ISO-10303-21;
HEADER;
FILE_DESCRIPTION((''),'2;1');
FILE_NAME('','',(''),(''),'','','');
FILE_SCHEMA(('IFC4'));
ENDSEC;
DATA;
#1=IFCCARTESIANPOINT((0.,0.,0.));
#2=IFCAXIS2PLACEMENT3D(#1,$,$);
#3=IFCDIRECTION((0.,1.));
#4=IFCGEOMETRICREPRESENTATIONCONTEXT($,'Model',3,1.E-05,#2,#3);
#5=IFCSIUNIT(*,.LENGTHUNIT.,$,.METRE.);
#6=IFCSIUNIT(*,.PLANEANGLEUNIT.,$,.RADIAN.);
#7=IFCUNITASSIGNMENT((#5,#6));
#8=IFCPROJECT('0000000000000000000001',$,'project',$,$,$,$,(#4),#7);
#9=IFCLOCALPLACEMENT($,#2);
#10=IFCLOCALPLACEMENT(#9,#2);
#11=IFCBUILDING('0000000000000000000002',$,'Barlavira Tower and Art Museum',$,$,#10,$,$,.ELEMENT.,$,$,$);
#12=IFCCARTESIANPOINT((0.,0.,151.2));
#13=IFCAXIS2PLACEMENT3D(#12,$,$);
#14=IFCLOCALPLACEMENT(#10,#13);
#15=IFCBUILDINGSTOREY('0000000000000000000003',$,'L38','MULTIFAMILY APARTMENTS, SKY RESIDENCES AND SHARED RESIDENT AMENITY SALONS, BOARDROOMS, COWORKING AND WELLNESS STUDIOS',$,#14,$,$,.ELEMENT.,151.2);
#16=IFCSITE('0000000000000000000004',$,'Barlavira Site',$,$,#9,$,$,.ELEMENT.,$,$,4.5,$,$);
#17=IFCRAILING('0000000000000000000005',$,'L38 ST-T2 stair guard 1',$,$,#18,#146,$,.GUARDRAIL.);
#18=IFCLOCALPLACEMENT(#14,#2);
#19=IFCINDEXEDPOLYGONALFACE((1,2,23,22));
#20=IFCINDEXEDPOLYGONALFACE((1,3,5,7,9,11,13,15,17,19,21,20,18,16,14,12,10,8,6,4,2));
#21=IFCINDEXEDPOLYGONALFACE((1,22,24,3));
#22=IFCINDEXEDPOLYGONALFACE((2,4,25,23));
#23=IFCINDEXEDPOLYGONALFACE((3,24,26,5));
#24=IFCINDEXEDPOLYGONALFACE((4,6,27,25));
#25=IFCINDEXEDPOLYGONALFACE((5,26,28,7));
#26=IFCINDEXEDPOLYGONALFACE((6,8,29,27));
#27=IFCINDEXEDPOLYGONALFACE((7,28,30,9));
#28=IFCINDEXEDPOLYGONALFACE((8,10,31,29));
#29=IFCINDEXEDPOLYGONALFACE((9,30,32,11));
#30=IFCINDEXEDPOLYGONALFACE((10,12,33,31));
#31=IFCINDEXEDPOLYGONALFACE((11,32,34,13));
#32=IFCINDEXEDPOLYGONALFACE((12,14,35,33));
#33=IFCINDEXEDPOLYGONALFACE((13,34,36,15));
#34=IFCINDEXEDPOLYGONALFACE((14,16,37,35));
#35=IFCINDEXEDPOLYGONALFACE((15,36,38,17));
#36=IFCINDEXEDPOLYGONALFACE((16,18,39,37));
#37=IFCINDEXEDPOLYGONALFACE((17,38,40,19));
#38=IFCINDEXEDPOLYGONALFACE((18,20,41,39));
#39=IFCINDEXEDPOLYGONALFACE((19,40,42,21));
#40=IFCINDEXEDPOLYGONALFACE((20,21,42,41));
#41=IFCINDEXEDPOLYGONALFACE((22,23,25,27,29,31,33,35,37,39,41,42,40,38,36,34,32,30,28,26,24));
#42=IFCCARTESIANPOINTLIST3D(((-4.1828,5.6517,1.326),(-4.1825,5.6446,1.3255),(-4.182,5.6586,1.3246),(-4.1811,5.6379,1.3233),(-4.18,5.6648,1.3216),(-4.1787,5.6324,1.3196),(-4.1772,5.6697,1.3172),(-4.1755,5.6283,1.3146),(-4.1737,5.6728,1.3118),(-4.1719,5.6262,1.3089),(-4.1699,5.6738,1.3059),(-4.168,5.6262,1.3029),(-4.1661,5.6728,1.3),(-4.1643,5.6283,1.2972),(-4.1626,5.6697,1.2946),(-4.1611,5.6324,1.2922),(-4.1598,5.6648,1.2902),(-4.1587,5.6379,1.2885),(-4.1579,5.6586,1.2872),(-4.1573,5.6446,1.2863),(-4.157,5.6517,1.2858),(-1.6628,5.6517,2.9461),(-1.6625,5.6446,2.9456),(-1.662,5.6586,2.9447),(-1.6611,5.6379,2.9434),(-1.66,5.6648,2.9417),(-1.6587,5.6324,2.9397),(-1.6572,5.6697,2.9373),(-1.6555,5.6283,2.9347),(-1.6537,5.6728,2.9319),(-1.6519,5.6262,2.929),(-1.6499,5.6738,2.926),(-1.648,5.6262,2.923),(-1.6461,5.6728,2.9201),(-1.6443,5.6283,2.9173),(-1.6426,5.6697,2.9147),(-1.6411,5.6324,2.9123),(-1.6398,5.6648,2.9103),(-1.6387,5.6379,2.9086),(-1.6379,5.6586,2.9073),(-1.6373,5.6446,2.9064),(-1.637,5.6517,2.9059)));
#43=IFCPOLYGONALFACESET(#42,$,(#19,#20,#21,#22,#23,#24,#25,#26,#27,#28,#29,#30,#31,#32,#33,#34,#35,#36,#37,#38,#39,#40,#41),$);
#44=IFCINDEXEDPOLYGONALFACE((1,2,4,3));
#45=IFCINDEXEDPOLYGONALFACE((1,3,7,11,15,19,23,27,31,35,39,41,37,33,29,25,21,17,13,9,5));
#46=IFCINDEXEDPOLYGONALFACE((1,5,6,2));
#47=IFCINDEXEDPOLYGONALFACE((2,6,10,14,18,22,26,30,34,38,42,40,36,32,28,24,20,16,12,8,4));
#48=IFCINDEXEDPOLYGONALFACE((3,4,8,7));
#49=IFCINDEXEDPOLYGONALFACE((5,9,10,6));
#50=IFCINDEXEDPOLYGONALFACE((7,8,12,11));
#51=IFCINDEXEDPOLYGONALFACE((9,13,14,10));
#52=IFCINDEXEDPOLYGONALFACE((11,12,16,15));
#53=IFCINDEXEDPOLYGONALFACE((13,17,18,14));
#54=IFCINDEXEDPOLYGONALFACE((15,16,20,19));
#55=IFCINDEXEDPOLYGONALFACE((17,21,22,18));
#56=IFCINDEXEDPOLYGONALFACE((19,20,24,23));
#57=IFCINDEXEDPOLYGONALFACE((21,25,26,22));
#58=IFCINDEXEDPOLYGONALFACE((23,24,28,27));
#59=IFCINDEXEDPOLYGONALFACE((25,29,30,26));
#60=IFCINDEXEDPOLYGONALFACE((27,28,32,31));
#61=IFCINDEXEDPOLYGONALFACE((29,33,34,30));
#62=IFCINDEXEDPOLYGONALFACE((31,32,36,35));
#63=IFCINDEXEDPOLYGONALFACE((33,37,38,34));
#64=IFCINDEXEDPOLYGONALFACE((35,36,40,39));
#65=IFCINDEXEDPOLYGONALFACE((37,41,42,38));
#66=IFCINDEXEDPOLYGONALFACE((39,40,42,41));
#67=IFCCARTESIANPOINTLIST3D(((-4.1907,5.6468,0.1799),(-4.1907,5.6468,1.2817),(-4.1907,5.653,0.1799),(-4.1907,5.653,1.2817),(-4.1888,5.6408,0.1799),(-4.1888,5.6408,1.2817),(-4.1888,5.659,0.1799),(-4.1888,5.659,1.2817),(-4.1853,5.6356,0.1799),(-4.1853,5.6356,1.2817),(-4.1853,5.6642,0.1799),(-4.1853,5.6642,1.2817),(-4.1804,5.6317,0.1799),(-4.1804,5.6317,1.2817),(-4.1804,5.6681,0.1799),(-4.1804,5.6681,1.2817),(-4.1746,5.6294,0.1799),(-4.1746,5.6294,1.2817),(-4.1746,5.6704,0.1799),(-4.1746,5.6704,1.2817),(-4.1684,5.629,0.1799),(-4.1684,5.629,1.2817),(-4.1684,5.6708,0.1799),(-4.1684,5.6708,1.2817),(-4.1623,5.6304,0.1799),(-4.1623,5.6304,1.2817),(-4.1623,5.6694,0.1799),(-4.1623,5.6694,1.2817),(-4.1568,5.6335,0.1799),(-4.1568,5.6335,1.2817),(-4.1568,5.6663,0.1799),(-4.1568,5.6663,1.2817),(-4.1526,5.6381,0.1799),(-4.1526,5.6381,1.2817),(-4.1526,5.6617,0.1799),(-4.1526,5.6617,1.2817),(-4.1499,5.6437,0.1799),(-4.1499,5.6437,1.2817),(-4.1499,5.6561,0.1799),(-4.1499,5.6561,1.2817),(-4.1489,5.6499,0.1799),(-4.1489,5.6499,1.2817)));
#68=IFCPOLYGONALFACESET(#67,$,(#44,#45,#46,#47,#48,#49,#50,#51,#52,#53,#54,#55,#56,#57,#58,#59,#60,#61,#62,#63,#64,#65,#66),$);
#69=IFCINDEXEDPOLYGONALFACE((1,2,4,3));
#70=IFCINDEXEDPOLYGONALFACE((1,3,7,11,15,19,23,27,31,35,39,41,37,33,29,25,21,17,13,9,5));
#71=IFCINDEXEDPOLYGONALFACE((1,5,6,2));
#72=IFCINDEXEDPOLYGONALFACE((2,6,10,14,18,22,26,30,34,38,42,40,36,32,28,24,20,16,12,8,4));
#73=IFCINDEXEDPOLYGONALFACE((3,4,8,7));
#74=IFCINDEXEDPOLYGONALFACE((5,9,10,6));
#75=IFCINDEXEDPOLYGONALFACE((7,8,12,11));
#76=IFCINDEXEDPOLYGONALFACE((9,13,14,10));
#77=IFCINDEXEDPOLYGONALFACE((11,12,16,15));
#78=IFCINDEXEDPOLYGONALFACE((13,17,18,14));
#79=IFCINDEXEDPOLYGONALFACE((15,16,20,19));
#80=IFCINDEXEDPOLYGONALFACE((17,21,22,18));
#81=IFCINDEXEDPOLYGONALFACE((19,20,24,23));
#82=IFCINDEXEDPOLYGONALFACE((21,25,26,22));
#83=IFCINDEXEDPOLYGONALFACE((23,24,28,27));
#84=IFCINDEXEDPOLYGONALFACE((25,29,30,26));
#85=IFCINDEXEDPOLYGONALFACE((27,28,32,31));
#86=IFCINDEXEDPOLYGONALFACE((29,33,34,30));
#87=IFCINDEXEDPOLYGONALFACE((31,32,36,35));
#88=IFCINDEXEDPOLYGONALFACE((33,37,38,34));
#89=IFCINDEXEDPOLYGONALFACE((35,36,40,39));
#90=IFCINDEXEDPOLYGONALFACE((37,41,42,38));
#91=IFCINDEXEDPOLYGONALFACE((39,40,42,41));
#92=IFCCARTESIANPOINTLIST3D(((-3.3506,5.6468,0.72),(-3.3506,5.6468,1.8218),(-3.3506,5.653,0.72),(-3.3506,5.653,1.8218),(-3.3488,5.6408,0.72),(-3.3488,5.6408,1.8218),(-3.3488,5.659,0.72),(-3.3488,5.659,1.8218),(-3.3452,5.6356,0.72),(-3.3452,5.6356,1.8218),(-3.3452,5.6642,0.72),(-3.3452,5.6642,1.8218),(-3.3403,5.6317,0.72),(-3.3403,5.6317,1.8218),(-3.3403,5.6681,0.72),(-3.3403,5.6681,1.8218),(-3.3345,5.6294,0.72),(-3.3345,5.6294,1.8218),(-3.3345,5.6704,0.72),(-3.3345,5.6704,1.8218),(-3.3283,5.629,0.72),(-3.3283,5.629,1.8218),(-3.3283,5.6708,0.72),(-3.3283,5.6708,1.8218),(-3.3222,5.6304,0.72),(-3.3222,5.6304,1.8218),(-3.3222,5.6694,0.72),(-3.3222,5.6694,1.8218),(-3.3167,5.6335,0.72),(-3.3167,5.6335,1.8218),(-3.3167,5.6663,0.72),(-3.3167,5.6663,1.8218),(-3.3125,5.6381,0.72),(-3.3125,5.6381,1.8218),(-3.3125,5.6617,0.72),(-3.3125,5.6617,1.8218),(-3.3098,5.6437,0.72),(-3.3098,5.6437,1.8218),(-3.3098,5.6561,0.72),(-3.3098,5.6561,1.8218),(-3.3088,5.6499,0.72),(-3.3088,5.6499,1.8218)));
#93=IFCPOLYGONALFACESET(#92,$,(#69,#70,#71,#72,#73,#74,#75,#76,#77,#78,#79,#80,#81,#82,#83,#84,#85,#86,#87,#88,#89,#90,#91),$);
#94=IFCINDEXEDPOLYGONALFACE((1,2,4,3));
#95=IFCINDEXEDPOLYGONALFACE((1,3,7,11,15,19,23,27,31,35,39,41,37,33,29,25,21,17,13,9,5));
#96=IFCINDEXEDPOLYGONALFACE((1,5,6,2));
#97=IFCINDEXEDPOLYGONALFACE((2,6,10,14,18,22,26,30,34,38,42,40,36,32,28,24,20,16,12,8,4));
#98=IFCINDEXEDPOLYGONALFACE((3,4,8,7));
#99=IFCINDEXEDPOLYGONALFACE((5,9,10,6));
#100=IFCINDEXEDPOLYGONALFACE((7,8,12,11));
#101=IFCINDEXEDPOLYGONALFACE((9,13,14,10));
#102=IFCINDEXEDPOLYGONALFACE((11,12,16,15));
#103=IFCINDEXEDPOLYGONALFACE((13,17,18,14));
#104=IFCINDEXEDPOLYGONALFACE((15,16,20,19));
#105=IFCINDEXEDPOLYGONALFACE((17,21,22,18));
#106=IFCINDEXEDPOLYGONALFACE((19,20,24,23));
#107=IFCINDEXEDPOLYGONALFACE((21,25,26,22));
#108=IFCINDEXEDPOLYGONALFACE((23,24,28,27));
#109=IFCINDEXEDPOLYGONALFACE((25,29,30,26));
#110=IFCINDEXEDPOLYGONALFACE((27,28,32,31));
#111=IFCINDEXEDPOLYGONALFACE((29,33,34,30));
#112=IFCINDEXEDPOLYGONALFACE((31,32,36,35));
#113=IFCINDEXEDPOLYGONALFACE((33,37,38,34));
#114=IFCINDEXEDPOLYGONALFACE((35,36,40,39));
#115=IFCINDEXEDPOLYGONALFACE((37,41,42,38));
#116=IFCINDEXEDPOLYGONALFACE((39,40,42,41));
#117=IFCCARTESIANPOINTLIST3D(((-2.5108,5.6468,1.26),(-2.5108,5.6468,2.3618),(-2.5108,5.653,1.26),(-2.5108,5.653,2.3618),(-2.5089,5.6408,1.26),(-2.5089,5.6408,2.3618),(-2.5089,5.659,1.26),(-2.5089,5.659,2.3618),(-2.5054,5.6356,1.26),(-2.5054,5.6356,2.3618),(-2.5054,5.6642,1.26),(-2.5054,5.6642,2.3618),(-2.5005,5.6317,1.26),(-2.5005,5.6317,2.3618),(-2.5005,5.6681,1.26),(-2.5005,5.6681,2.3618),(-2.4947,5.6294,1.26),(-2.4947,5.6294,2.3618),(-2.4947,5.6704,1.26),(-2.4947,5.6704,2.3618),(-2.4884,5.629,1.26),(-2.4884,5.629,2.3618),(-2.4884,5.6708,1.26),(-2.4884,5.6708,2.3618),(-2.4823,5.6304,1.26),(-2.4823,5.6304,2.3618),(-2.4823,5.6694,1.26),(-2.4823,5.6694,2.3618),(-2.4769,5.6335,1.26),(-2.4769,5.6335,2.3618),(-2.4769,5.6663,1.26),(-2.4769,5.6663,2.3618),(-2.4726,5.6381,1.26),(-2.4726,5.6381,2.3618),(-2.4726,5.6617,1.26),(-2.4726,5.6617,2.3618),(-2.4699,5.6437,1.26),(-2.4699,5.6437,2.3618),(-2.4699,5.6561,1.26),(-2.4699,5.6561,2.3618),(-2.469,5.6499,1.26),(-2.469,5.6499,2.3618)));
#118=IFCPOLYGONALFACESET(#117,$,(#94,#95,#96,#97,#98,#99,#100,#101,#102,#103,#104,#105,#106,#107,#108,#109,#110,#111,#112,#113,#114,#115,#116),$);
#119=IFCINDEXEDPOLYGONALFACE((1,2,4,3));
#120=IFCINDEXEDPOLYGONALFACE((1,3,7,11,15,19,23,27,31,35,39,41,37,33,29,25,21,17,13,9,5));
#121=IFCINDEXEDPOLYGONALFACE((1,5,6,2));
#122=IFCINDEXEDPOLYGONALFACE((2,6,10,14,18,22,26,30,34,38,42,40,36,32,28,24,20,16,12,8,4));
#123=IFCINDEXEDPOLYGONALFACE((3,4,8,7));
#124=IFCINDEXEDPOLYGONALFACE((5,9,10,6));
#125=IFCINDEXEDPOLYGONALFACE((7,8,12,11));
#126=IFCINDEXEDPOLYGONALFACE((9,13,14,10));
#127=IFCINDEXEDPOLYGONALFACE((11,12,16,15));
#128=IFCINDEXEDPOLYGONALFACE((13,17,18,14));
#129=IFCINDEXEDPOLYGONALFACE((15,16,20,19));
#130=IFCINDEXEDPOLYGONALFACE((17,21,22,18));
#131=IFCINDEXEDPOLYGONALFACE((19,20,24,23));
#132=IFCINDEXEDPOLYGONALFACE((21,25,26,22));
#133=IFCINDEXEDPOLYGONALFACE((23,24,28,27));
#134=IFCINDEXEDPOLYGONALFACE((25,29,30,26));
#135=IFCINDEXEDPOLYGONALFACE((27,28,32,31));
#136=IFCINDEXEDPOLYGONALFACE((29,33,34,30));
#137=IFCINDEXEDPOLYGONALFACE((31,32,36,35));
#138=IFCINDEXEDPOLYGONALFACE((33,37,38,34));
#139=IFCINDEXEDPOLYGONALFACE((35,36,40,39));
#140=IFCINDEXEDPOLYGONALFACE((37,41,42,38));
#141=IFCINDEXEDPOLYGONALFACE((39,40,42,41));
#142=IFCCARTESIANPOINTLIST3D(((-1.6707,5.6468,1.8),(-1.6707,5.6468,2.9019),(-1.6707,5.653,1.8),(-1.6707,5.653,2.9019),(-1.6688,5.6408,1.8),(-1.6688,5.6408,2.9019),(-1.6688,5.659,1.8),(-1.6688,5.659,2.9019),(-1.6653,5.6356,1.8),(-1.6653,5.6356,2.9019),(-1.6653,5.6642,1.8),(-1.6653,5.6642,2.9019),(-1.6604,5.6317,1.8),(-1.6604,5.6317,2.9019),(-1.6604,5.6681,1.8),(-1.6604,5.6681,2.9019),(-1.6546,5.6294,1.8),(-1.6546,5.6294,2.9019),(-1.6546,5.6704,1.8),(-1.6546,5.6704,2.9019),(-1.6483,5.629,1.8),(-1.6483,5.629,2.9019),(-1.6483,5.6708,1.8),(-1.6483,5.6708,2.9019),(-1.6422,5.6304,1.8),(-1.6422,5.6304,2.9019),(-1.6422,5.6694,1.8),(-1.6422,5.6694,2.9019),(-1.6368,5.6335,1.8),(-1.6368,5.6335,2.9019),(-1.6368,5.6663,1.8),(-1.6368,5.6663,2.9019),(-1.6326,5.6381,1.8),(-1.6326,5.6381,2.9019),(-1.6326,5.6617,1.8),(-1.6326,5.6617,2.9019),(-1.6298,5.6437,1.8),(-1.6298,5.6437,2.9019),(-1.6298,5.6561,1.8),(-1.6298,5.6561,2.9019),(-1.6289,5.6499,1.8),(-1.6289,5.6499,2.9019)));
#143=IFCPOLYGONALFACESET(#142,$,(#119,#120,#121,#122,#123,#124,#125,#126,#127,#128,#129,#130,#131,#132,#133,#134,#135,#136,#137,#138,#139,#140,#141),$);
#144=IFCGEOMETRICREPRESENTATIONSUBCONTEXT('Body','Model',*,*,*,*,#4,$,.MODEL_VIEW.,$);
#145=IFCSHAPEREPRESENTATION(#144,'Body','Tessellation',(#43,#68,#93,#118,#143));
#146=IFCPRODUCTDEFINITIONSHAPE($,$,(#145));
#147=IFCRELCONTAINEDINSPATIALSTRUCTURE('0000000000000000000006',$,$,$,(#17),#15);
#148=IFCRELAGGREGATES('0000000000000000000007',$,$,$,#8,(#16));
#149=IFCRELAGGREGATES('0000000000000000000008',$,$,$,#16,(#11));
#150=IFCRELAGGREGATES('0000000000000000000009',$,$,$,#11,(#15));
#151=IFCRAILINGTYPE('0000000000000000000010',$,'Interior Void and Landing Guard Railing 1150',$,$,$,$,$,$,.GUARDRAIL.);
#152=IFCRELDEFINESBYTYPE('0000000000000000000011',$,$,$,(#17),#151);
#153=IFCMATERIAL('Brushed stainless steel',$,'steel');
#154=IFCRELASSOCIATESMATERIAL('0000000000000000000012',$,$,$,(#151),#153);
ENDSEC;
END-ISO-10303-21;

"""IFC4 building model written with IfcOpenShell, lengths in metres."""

from ifc_helpers import new_model, si_unit, direction, frame, origin, origin_2d, place, context, subcontext, project, spatial, circle, extrude, material, type_object, element, save


model = new_model("IFC4")

# Units and contexts
model_context = context("Model", 3, precision=1e-05, world=origin(), true_north=direction((0.0, 1.0)))
body_context = subcontext(model_context, "Body", "Model", "MODEL_VIEW")
ifc_project = project(units=[si_unit("LENGTHUNIT", "METRE"), si_unit("PLANEANGLEUNIT", "RADIAN")], contexts=[model_context])

# Site, building, storey
site_placement = place(None, origin())
site = spatial("IfcSite", under=ifc_project, at=site_placement, Name="Barlavira Site", CompositionType="ELEMENT", RefElevation=4.5)
building_placement = place(site_placement, origin())
building = spatial("IfcBuilding", under=site, at=building_placement, Name="Barlavira Tower and Art Museum", CompositionType="ELEMENT")
storey_placement = place(building_placement, frame((0.0, 0.0, 151.2)))
storey = spatial("IfcBuildingStorey", under=building, at=storey_placement, Name="L38", Description="MULTIFAMILY APARTMENTS, SKY RESIDENCES AND SHARED RESIDENT AMENITY SALONS, BOARDROOMS, COWORKING AND WELLNESS STUDIOS", CompositionType="ELEMENT", Elevation=151.2)

# Shared definitions
ifc_material_1 = material(Name="Brushed stainless steel", Category="steel")

# Railing
railing_type_1 = type_object("IfcRailingType", Name="Interior Void and Landing Guard Railing 1150", PredefinedType="GUARDRAIL", material=ifc_material_1)
railing_1_placement = place(storey_placement, frame((-4.1699, 5.6499, 0.1799)))
element("IfcRailing", 1, at=railing_1_placement, inside=storey, type_object=railing_type_1, Name="L38 ST-T2 stair guard 1", PredefinedType="GUARDRAIL", context=body_context, shape_type="SweptSolid", body=[
    extrude(circle(Radius=0.0239, at=origin_2d()), frame((0.0, 0.0, 1.126), z_axis=(0.841163, 0.0, 0.540782), x_axis=(0.0, 1.0, 0.0)), (0.0, 0.0, 1.0), 2.9958),
    extrude(circle(Radius=0.021, at=origin_2d()), origin(), (0.0, 0.0, 1.0), 1.1018),
    extrude(circle(Radius=0.021, at=origin_2d()), frame((0.8401, 0.0, 0.54)), (0.0, 0.0, 1.0), 1.1018),
    extrude(circle(Radius=0.021, at=origin_2d()), frame((1.6799, 0.0, 1.0801)), (0.0, 0.0, 1.0), 1.1018),
    extrude(circle(Radius=0.021, at=origin_2d()), frame((2.52, 0.0, 1.6201)), (0.0, 0.0, 1.0), 1.1018),
])

save(model, "model.ifc")
